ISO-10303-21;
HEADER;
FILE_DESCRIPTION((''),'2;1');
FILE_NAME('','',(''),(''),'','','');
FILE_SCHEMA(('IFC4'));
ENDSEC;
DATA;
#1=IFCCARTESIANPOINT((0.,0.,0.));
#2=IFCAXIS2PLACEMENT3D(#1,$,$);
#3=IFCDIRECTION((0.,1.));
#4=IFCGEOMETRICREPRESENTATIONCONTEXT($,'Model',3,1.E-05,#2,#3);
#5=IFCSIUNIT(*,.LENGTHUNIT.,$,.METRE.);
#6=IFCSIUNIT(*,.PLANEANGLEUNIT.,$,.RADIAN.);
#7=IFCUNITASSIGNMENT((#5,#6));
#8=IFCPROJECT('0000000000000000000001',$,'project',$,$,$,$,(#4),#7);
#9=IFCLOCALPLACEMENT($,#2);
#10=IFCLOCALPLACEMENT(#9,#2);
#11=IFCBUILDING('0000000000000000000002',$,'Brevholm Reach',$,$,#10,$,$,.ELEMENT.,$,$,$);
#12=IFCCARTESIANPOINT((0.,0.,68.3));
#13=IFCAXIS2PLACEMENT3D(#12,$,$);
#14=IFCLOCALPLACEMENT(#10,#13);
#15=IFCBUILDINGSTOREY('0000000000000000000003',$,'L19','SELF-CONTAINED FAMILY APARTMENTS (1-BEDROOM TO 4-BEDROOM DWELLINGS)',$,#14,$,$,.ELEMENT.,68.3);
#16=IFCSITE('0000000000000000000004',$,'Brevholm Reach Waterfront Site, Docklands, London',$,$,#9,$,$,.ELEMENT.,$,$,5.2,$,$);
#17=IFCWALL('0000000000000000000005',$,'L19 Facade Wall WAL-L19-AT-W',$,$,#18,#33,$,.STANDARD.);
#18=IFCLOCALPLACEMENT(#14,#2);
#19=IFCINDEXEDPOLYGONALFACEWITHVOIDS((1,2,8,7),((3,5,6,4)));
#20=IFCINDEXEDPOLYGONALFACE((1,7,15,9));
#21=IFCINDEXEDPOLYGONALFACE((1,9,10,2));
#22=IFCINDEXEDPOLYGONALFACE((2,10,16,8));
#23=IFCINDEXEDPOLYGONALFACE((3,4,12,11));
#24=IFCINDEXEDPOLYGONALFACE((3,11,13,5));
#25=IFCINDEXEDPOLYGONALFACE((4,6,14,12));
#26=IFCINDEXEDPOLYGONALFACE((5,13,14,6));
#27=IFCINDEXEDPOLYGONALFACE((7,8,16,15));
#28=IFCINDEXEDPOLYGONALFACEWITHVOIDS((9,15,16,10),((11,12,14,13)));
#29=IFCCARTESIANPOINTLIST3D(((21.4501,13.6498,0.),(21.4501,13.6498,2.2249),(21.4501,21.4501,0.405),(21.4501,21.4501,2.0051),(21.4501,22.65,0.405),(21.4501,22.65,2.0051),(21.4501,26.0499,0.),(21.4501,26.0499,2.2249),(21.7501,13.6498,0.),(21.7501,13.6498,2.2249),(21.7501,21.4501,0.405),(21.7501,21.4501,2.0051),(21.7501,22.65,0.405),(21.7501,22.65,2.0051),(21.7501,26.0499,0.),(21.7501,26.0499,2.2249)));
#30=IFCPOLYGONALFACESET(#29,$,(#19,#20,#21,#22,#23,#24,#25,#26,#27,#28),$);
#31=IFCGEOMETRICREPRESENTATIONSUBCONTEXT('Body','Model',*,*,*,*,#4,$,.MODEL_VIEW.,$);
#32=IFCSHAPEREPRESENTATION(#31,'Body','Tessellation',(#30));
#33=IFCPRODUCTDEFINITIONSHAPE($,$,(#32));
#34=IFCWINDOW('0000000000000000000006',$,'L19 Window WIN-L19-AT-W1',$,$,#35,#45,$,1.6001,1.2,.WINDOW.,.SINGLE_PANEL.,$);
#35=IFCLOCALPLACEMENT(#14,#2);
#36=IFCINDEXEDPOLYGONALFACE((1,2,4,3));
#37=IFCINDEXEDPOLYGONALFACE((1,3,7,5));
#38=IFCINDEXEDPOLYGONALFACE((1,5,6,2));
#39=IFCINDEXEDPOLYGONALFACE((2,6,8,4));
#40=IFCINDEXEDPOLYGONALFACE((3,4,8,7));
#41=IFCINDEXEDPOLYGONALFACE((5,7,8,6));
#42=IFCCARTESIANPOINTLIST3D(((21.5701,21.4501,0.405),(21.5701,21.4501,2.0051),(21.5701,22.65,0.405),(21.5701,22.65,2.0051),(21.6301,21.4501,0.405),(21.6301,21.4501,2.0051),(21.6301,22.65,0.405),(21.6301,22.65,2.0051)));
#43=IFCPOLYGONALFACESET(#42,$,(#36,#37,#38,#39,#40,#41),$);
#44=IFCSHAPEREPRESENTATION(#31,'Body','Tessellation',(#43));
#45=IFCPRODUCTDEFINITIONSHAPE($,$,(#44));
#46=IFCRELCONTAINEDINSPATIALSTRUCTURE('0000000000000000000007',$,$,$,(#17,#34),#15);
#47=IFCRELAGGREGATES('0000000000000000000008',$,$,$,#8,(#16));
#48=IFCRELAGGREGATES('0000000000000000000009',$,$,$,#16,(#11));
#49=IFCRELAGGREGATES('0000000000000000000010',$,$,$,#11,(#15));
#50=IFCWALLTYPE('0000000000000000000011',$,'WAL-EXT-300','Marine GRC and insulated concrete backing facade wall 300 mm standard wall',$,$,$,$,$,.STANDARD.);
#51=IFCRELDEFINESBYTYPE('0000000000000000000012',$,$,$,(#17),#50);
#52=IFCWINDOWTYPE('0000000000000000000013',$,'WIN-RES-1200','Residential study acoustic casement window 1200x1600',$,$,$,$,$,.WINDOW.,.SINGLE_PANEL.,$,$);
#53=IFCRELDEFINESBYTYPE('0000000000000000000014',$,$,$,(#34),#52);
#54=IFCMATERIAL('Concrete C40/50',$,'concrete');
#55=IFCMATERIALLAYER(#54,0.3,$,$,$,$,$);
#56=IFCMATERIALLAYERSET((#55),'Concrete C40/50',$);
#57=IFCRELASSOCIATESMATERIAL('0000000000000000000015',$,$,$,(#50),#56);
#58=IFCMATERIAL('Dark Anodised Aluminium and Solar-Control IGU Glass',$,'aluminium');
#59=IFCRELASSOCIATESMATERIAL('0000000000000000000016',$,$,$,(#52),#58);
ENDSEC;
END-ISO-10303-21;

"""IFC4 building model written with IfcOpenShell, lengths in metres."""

from ifc_helpers import new_model, si_unit, direction, frame, frame_2d, origin, place, context, subcontext, project, spatial, rectangle, extrude, material, layer, layer_set, type_object, element, fill, save


model = new_model("IFC4")

# Units and contexts
model_context = context("Model", 3, precision=1e-05, world=origin(), true_north=direction((0.0, 1.0)))
body_context = subcontext(model_context, "Body", "Model", "MODEL_VIEW")
ifc_project = project(units=[si_unit("LENGTHUNIT", "METRE"), si_unit("PLANEANGLEUNIT", "RADIAN")], contexts=[model_context])

# Site, building, storey
site_placement = place(None, origin())
site = spatial("IfcSite", under=ifc_project, at=site_placement, Name="Brevholm Reach Waterfront Site, Docklands, London", CompositionType="ELEMENT", RefElevation=5.2)
building_placement = place(site_placement, origin())
building = spatial("IfcBuilding", under=site, at=building_placement, Name="Brevholm Reach", CompositionType="ELEMENT")
storey_placement = place(building_placement, frame((0.0, 0.0, 68.3)))
storey = spatial("IfcBuildingStorey", under=building, at=storey_placement, Name="L19", Description="SELF-CONTAINED FAMILY APARTMENTS (1-BEDROOM TO 4-BEDROOM DWELLINGS)", CompositionType="ELEMENT", Elevation=68.3)

# Wall, opening, window
ifc_material_1 = material(Name="Concrete C40/50", Category="concrete")
ifc_layer_1 = layer(ifc_material_1, 0.3)
ifc_layer_set_1 = layer_set([ifc_layer_1], Name="Concrete C40/50")
wall_type = type_object("IfcWallType", Name="WAL-EXT-300", Description="Marine GRC and insulated concrete backing facade wall 300 mm standard wall", PredefinedType="STANDARD", material=ifc_layer_set_1)
wall_placement = place(storey_placement, frame((21.6001, 26.05, 0.0), z_axis=(0.0, 0.0, 1.0), x_axis=(0.0, -1.0, 0.0)))
wall = element("IfcWall", 1, at=wall_placement, inside=storey, type_object=wall_type, Name="L19 Facade Wall WAL-L19-AT-W", PredefinedType="STANDARD", context=body_context, shape_type="SweptSolid", body=[
    extrude(rectangle(XDim=12.4001, YDim=0.3, at=frame_2d((6.2002, 0.0))), origin(), (0.0, 0.0, 1.0), 2.2249),
])
opening_placement = place(wall_placement, frame((3.3999, 0.0, 0.405)))
opening = element("IfcOpeningElement", 2, at=opening_placement, cuts=wall, PredefinedType="OPENING", context=body_context, shape_type="SweptSolid", body=[
    extrude(rectangle(XDim=1.2, YDim=1.6001, at=frame_2d((0.6001, 0.8))), frame((0.0, 0.1599, 0.0), z_axis=(0.0, -1.0, 0.0), x_axis=(1.0, 0.0, 0.0)), (0.0, 0.0, 1.0), 0.3201),
])
ifc_material_2 = material(Name="Dark Anodised Aluminium and Solar-Control IGU Glass", Category="aluminium")
window_type = type_object("IfcWindowType", Name="WIN-RES-1200", Description="Residential study acoustic casement window 1200x1600", PartitioningType="SINGLE_PANEL", PredefinedType="WINDOW", material=ifc_material_2)
window_placement = place(opening_placement, origin())
window = element("IfcWindow", 3, at=window_placement, inside=storey, type_object=window_type, Name="L19 Window WIN-L19-AT-W1", OverallHeight=1.6001, OverallWidth=1.2, PartitioningType="SINGLE_PANEL", PredefinedType="WINDOW", context=body_context, shape_type="SweptSolid", body=[
    extrude(rectangle(XDim=1.2, YDim=1.6001, at=frame_2d((0.6001, 0.8))), frame((0.0, 0.03, 0.0), z_axis=(0.0, -1.0, 0.0), x_axis=(1.0, 0.0, 0.0)), (0.0, 0.0, 1.0), 0.0601),
])
fill(opening, window)

save(model, "model.ifc")
